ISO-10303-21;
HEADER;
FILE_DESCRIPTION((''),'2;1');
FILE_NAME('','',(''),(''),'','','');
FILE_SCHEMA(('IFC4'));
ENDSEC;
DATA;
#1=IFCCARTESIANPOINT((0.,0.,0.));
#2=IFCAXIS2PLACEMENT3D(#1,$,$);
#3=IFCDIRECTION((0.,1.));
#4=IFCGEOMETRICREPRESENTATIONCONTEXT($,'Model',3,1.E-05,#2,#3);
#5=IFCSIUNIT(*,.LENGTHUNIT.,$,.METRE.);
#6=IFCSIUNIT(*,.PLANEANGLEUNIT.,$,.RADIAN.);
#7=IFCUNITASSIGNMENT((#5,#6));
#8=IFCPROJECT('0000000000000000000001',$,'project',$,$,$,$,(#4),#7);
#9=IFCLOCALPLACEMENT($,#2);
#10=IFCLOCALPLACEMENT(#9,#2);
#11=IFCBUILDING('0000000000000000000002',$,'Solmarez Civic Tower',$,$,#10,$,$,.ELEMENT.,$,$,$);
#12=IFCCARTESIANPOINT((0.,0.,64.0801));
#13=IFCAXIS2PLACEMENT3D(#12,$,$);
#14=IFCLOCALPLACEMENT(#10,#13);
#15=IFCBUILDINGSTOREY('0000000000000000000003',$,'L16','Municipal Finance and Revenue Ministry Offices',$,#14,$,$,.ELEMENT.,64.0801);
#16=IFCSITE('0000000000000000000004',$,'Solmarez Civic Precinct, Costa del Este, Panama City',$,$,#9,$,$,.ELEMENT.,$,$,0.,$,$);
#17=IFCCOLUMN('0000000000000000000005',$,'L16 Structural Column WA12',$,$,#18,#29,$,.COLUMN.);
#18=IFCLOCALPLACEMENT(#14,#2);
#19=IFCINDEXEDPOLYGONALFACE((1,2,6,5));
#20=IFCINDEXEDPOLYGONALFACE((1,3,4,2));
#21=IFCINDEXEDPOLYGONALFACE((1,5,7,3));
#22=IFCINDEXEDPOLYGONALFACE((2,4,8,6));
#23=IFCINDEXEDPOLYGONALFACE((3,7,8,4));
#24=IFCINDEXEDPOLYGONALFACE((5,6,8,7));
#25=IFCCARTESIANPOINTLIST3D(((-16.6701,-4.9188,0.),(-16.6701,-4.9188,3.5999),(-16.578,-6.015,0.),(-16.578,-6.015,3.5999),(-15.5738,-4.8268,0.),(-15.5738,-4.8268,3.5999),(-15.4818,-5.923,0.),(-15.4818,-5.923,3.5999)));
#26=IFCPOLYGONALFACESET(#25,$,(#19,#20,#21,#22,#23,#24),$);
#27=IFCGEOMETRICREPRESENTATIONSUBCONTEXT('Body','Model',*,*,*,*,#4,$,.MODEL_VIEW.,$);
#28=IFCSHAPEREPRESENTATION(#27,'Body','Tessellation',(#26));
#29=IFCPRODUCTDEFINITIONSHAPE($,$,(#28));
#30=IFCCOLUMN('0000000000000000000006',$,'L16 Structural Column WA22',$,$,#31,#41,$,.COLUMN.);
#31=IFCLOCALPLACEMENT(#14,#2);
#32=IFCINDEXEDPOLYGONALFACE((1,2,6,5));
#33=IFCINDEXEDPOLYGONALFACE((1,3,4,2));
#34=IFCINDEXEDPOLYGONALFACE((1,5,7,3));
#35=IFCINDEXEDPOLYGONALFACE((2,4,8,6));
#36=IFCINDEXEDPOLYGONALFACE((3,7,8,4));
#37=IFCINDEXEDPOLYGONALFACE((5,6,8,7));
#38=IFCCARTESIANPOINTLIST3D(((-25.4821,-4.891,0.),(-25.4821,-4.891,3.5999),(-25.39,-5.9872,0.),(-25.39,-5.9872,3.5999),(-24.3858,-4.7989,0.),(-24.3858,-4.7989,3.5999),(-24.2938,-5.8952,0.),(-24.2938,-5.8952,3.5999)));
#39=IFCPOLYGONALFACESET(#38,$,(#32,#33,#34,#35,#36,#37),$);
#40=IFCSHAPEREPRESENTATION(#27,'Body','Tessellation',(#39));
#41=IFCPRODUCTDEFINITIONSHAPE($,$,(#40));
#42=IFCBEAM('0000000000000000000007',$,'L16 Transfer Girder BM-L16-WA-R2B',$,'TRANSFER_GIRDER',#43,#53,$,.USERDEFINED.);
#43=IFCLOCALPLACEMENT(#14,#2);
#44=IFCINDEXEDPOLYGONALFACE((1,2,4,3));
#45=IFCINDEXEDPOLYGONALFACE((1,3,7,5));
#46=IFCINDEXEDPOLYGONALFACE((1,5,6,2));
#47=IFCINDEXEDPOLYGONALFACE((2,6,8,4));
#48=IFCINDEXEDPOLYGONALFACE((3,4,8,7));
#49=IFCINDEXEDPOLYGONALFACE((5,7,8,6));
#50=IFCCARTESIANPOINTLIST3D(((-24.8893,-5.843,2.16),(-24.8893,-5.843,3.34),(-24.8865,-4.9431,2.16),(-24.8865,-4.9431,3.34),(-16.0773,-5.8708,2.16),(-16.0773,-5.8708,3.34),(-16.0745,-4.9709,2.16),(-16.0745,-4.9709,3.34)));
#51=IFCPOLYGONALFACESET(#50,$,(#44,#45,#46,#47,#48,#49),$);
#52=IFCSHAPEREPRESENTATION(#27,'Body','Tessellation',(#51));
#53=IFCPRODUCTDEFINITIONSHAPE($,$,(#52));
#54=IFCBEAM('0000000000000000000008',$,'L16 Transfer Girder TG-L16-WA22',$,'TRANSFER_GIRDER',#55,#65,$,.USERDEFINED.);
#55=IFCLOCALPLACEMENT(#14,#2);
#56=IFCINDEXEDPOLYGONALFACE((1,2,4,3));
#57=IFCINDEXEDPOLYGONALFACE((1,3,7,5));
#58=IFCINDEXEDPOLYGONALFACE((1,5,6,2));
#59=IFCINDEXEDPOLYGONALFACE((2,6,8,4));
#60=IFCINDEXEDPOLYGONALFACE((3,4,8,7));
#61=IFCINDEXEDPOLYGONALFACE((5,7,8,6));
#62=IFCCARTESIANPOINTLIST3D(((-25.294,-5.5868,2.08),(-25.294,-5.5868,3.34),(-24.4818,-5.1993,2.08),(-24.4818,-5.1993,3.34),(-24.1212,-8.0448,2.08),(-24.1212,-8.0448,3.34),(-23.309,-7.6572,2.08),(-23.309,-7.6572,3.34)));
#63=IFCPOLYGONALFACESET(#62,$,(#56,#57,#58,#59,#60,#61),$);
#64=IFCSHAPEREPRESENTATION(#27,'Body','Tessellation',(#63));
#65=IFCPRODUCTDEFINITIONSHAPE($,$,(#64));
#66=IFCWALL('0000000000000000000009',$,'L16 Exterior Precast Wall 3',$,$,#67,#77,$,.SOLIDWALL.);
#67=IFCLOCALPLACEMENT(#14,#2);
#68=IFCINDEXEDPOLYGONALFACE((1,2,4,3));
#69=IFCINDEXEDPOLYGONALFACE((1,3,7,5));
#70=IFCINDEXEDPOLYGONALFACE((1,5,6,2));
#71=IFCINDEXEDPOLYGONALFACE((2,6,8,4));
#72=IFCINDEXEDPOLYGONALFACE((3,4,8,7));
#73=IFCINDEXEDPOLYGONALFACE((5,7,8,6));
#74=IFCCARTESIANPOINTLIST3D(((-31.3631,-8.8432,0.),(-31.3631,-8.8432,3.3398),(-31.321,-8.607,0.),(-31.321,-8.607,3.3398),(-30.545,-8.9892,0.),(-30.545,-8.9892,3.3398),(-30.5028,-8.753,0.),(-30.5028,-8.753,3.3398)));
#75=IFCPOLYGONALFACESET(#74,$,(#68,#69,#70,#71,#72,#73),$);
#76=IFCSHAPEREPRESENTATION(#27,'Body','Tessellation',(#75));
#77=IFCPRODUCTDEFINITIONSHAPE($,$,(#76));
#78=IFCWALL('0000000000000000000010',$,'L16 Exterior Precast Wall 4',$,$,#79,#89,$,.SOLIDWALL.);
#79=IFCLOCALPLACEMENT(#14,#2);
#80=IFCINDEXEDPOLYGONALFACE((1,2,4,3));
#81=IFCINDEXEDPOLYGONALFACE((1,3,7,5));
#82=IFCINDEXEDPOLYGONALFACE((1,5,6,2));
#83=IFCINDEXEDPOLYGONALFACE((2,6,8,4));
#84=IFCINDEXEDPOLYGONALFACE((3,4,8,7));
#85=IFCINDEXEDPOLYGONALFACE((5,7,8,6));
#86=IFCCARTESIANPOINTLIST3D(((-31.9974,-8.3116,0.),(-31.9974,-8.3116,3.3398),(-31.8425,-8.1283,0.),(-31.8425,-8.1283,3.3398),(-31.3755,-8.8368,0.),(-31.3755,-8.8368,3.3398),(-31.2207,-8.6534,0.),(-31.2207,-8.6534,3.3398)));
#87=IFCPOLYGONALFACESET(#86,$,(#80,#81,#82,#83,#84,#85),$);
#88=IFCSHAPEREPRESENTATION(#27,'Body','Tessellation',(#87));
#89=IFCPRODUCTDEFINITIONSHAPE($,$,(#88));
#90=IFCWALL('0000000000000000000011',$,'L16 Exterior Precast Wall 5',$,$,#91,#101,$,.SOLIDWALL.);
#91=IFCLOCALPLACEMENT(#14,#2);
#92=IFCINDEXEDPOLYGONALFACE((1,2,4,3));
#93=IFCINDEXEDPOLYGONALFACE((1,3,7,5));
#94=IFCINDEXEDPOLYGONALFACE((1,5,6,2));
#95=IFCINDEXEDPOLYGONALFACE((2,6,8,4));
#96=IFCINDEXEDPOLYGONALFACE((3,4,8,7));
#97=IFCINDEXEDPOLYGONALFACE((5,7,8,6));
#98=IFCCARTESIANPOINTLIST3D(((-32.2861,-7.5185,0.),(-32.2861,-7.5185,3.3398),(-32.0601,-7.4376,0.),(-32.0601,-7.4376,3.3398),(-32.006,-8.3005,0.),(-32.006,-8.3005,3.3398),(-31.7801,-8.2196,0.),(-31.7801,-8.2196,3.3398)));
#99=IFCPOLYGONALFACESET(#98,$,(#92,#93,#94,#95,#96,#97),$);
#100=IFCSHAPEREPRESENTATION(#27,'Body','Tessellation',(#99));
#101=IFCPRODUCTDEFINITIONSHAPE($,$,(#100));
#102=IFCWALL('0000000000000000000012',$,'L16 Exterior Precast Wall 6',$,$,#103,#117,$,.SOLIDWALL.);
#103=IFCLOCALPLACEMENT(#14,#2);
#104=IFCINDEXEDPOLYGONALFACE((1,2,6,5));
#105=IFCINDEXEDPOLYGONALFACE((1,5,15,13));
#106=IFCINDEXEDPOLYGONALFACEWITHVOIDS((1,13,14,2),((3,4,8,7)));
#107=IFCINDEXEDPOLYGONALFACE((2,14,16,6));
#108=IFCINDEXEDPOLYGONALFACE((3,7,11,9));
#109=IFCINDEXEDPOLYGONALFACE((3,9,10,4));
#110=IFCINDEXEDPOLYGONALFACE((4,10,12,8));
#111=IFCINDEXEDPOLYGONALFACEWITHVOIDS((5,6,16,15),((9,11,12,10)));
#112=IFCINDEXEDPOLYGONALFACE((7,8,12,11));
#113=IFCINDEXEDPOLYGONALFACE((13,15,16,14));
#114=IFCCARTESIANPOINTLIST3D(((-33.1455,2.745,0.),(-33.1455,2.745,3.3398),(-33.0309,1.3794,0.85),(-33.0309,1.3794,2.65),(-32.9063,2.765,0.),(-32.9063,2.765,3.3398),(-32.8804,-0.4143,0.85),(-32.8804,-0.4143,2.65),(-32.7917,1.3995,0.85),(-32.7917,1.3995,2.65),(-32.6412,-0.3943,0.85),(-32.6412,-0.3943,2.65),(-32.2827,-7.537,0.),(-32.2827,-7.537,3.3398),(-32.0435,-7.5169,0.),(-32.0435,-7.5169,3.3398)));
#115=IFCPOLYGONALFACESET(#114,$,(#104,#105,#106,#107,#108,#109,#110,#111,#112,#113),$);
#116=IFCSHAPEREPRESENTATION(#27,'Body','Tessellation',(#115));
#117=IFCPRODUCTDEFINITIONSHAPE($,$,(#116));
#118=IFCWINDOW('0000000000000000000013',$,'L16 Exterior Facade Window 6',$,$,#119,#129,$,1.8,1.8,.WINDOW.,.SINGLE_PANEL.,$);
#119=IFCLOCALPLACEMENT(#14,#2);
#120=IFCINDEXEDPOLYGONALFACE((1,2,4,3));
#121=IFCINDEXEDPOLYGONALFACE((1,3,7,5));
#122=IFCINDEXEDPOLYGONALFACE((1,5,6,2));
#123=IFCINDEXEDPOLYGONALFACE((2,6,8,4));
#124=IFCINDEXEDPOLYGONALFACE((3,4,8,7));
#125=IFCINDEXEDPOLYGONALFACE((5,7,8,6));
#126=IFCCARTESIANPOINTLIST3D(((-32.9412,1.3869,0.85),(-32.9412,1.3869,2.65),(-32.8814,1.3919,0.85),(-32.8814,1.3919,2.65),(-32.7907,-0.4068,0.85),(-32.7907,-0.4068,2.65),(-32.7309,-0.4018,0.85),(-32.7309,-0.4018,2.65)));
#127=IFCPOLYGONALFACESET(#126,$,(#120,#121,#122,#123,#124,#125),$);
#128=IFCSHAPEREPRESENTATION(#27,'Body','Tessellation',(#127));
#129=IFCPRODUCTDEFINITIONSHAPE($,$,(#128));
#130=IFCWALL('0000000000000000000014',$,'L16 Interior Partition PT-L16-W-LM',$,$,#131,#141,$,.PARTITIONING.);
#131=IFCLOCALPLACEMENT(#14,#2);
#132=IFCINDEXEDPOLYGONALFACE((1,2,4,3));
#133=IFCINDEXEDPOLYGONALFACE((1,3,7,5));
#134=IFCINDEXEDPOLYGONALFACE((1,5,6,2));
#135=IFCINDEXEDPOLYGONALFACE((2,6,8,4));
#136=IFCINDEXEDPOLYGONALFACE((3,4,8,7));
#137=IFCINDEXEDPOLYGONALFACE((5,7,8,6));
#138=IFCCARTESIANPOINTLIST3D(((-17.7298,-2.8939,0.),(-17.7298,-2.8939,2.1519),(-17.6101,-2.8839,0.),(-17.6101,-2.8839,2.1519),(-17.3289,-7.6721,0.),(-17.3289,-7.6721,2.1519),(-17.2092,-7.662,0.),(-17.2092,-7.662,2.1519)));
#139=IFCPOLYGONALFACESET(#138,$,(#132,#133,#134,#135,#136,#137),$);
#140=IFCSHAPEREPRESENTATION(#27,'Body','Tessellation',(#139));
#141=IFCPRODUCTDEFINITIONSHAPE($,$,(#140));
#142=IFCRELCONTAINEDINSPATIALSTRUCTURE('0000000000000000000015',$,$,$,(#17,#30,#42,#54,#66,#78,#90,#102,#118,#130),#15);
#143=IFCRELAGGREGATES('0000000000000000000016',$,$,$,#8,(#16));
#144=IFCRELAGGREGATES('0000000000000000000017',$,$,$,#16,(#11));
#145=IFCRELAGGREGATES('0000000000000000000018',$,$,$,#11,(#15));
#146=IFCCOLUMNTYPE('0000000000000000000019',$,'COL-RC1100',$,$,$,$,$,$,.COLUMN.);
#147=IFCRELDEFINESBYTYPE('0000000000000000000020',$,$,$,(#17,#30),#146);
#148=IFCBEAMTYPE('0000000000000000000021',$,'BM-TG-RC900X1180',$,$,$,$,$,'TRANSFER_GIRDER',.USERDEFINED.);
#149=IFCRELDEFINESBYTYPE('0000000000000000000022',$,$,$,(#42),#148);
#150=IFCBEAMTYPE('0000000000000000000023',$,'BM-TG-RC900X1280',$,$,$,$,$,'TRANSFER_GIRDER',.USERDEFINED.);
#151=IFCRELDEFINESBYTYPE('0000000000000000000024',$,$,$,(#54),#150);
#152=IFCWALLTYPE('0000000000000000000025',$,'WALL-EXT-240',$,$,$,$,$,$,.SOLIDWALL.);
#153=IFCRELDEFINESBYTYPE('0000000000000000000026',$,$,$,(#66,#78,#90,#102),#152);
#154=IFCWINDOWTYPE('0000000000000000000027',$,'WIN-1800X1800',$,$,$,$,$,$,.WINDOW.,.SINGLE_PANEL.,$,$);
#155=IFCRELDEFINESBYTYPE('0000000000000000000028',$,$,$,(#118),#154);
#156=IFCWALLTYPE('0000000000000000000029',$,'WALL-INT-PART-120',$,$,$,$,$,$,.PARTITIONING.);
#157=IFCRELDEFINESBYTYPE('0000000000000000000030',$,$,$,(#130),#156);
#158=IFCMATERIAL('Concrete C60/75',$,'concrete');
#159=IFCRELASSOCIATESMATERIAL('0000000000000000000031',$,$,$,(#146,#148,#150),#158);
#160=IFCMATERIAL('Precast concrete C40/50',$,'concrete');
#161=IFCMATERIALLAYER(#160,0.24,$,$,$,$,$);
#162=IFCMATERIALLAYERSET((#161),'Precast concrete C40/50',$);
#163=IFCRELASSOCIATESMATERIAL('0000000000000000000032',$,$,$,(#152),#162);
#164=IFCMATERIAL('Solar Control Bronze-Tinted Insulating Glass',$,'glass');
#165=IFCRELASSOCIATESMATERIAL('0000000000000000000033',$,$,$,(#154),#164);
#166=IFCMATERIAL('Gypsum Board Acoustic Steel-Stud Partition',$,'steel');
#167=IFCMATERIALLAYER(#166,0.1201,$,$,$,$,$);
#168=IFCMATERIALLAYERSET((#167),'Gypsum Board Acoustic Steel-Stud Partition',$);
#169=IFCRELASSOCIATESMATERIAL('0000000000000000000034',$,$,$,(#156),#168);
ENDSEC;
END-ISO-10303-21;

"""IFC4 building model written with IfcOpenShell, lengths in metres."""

from ifc_helpers import new_model, si_unit, direction, frame, frame_2d, origin, origin_2d, place, context, subcontext, project, spatial, rectangle, extrude, material, layer, layer_set, material_profile, profile_set, type_object, element, fill, save


model = new_model("IFC4")

# Units and contexts
model_context = context("Model", 3, precision=1e-05, world=origin(), true_north=direction((0.0, 1.0)))
body_context = subcontext(model_context, "Body", "Model", "MODEL_VIEW")
ifc_project = project(units=[si_unit("LENGTHUNIT", "METRE"), si_unit("PLANEANGLEUNIT", "RADIAN")], contexts=[model_context])

# Site, building, storey
site_placement = place(None, origin())
site = spatial("IfcSite", under=ifc_project, at=site_placement, Name="Solmarez Civic Precinct, Costa del Este, Panama City", CompositionType="ELEMENT", RefElevation=0.0)
building_placement = place(site_placement, origin())
building = spatial("IfcBuilding", under=site, at=building_placement, Name="Solmarez Civic Tower", CompositionType="ELEMENT")
storey_placement = place(building_placement, frame((0.0, 0.0, 64.0801)))
storey = spatial("IfcBuildingStorey", under=building, at=storey_placement, Name="L16", Description="Municipal Finance and Revenue Ministry Offices", CompositionType="ELEMENT", Elevation=64.0801)

# Columns
ifc_material_1 = material(Name="Concrete C60/75", Category="concrete")
ifc_material_profile_1 = material_profile(ifc_material_1, rectangle(XDim=1.1001, YDim=1.1001, at=origin_2d()), Name="RC1100X1100")
ifc_profile_set_1 = profile_set([ifc_material_profile_1], Name="Concrete C60/75")
column_type = type_object("IfcColumnType", Name="COL-RC1100", PredefinedType="COLUMN", material=ifc_profile_set_1)
for number, where, z_axis, x_axis, name in (
    (1, (-16.0759, -5.4209, 0.0), (0.0, 0.0, 1.0), (0.996493, 0.083678, 0.0), "L16 Structural Column WA12"),
    (2, (-24.8879, -5.3931, 0.0), (0.0, 0.0, 1.0), (0.996493, 0.083678, 0.0), "L16 Structural Column WA22"),
):
    element("IfcColumn", number, at=place(storey_placement, frame(where, z_axis=z_axis, x_axis=x_axis)), inside=storey, type_object=column_type, Name=name, PredefinedType="COLUMN", context=body_context, shape_type="SweptSolid", body=[
        extrude(rectangle(XDim=1.1001, YDim=1.1001, at=origin_2d()), origin(), (0.0, 0.0, 1.0), 3.5999),
    ])

# Beams
ifc_material_profile_2 = material_profile(ifc_material_1, rectangle(XDim=0.8999, YDim=1.1799, at=origin_2d()), Name="RC900X1180")
ifc_profile_set_2 = profile_set([ifc_material_profile_2], Name="Concrete C60/75")
beam_type_1 = type_object("IfcBeamType", Name="BM-TG-RC900X1180", ElementType="TRANSFER_GIRDER", PredefinedType="USERDEFINED", material=ifc_profile_set_2)
beam_1_placement = place(storey_placement, frame((-16.0759, -5.4209, 2.75), z_axis=(-0.999995, 0.003158, 0.0), x_axis=(-0.003158, -0.999995, 0.0)))
element("IfcBeam", 3, at=beam_1_placement, inside=storey, type_object=beam_type_1, Name="L16 Transfer Girder BM-L16-WA-R2B", ObjectType="TRANSFER_GIRDER", PredefinedType="USERDEFINED", context=body_context, shape_type="SweptSolid", body=[
    extrude(rectangle(XDim=0.8999, YDim=1.1799, at=origin_2d()), origin(), (0.0, 0.0, 1.0), 8.812),
])
ifc_material_profile_3 = material_profile(ifc_material_1, rectangle(XDim=0.8999, YDim=1.26, at=origin_2d()), Name="RC900X1280")
ifc_profile_set_3 = profile_set([ifc_material_profile_3], Name="Concrete C60/75")
beam_type_2 = type_object("IfcBeamType", Name="BM-TG-RC900X1280", ElementType="TRANSFER_GIRDER", PredefinedType="USERDEFINED", material=ifc_profile_set_3)
beam_2_placement = place(storey_placement, frame((-24.8879, -5.3931, 2.71), z_axis=(0.430643, -0.902522, 0.0), x_axis=(0.902522, 0.430643, 0.0)))
element("IfcBeam", 4, at=beam_2_placement, inside=storey, type_object=beam_type_2, Name="L16 Transfer Girder TG-L16-WA22", ObjectType="TRANSFER_GIRDER", PredefinedType="USERDEFINED", context=body_context, shape_type="SweptSolid", body=[
    extrude(rectangle(XDim=0.8999, YDim=1.26, at=origin_2d()), origin(), (0.0, 0.0, 1.0), 2.7234),
])

# Walls
ifc_material_2 = material(Name="Precast concrete C40/50", Category="concrete")
ifc_layer_1 = layer(ifc_material_2, 0.24)
ifc_layer_set_1 = layer_set([ifc_layer_1], Name="Precast concrete C40/50")
wall_type_1 = type_object("IfcWallType", Name="WALL-EXT-240", PredefinedType="SOLIDWALL", material=ifc_layer_set_1)
wall_1_placement = place(storey_placement, frame((-30.5239, -8.8711, 0.0), z_axis=(0.0, 0.0, 1.0), x_axis=(-0.984448, 0.175679, 0.0)))
element("IfcWall", 5, at=wall_1_placement, inside=storey, type_object=wall_type_1, Name="L16 Exterior Precast Wall 3", PredefinedType="SOLIDWALL", context=body_context, shape_type="SweptSolid", body=[
    extrude(rectangle(XDim=0.8311, YDim=0.24, at=frame_2d((0.4155, 0.0))), origin(), (0.0, 0.0, 1.0), 3.3398),
])
wall_2_placement = place(storey_placement, frame((-31.2981, -8.7451, 0.0), z_axis=(0.0, 0.0, 1.0), x_axis=(-0.764, 0.645216, 0.0)))
element("IfcWall", 6, at=wall_2_placement, inside=storey, type_object=wall_type_1, Name="L16 Exterior Precast Wall 4", PredefinedType="SOLIDWALL", context=body_context, shape_type="SweptSolid", body=[
    extrude(rectangle(XDim=0.814, YDim=0.24, at=frame_2d((0.407, 0.0))), origin(), (0.0, 0.0, 1.0), 3.3398),
])
wall_3_placement = place(storey_placement, frame((-31.8931, -8.26, 0.0), z_axis=(0.0, 0.0, 1.0), x_axis=(-0.337137, 0.941456, 0.0)))
element("IfcWall", 7, at=wall_3_placement, inside=storey, type_object=wall_type_1, Name="L16 Exterior Precast Wall 5", PredefinedType="SOLIDWALL", context=body_context, shape_type="SweptSolid", body=[
    extrude(rectangle(XDim=0.8306, YDim=0.24, at=frame_2d((0.4153, 0.0))), origin(), (0.0, 0.0, 1.0), 3.3398),
])

# Wall, opening, window
wall_4_placement = place(storey_placement, frame((-32.1631, -7.5271, 0.0), z_axis=(0.0, 0.0, 1.0), x_axis=(-0.083619, 0.996498, 0.0)))
wall_4 = element("IfcWall", 8, at=wall_4_placement, inside=storey, type_object=wall_type_1, Name="L16 Exterior Precast Wall 6", PredefinedType="SOLIDWALL", context=body_context, shape_type="SweptSolid", body=[
    extrude(rectangle(XDim=10.3181, YDim=0.24, at=frame_2d((5.1592, 0.0))), origin(), (0.0, 0.0, 1.0), 3.3398),
])
opening_1_placement = place(wall_4_placement, frame((7.1479, 0.0, 0.8501)))
opening_1 = element("IfcOpeningElement", 9, at=opening_1_placement, cuts=wall_4, PredefinedType="OPENING", context=body_context, shape_type="SweptSolid", body=[
    extrude(rectangle(XDim=1.8, YDim=1.8, at=frame_2d((0.8999, 0.8999))), frame((0.0, 0.1299, 0.0), z_axis=(0.0, -1.0, 0.0), x_axis=(1.0, 0.0, 0.0)), (0.0, 0.0, 1.0), 0.26),
])
ifc_material_3 = material(Name="Solar Control Bronze-Tinted Insulating Glass", Category="glass")
window_type = type_object("IfcWindowType", Name="WIN-1800X1800", PartitioningType="SINGLE_PANEL", PredefinedType="WINDOW", material=ifc_material_3)
window_placement = place(opening_1_placement, origin())
window = element("IfcWindow", 10, at=window_placement, inside=storey, type_object=window_type, Name="L16 Exterior Facade Window 6", OverallHeight=1.8, OverallWidth=1.8, PartitioningType="SINGLE_PANEL", PredefinedType="WINDOW", context=body_context, shape_type="SweptSolid", body=[
    extrude(rectangle(XDim=1.8, YDim=1.8, at=frame_2d((0.8999, 0.8999))), frame((0.0, 0.03, 0.0), z_axis=(0.0, -1.0, 0.0), x_axis=(1.0, 0.0, 0.0)), (0.0, 0.0, 1.0), 0.0601),
])
fill(opening_1, window)

# Wall
ifc_material_4 = material(Name="Gypsum Board Acoustic Steel-Stud Partition", Category="steel")
ifc_layer_2 = layer(ifc_material_4, 0.1201)
ifc_layer_set_2 = layer_set([ifc_layer_2], Name="Gypsum Board Acoustic Steel-Stud Partition")
wall_type_2 = type_object("IfcWallType", Name="WALL-INT-PART-120", PredefinedType="PARTITIONING", material=ifc_layer_set_2)
wall_5_placement = place(storey_placement, frame((-17.6699, -2.8889, 0.0), z_axis=(0.0, 0.0, 1.0), x_axis=(0.083606, -0.996499, 0.0)))
element("IfcWall", 11, at=wall_5_placement, inside=storey, type_object=wall_type_2, Name="L16 Interior Partition PT-L16-W-LM", PredefinedType="PARTITIONING", context=body_context, shape_type="SweptSolid", body=[
    extrude(rectangle(XDim=4.7949, YDim=0.1201, at=frame_2d((2.3975, 0.0))), origin(), (0.0, 0.0, 1.0), 2.1519),
])

save(model, "model.ifc")
